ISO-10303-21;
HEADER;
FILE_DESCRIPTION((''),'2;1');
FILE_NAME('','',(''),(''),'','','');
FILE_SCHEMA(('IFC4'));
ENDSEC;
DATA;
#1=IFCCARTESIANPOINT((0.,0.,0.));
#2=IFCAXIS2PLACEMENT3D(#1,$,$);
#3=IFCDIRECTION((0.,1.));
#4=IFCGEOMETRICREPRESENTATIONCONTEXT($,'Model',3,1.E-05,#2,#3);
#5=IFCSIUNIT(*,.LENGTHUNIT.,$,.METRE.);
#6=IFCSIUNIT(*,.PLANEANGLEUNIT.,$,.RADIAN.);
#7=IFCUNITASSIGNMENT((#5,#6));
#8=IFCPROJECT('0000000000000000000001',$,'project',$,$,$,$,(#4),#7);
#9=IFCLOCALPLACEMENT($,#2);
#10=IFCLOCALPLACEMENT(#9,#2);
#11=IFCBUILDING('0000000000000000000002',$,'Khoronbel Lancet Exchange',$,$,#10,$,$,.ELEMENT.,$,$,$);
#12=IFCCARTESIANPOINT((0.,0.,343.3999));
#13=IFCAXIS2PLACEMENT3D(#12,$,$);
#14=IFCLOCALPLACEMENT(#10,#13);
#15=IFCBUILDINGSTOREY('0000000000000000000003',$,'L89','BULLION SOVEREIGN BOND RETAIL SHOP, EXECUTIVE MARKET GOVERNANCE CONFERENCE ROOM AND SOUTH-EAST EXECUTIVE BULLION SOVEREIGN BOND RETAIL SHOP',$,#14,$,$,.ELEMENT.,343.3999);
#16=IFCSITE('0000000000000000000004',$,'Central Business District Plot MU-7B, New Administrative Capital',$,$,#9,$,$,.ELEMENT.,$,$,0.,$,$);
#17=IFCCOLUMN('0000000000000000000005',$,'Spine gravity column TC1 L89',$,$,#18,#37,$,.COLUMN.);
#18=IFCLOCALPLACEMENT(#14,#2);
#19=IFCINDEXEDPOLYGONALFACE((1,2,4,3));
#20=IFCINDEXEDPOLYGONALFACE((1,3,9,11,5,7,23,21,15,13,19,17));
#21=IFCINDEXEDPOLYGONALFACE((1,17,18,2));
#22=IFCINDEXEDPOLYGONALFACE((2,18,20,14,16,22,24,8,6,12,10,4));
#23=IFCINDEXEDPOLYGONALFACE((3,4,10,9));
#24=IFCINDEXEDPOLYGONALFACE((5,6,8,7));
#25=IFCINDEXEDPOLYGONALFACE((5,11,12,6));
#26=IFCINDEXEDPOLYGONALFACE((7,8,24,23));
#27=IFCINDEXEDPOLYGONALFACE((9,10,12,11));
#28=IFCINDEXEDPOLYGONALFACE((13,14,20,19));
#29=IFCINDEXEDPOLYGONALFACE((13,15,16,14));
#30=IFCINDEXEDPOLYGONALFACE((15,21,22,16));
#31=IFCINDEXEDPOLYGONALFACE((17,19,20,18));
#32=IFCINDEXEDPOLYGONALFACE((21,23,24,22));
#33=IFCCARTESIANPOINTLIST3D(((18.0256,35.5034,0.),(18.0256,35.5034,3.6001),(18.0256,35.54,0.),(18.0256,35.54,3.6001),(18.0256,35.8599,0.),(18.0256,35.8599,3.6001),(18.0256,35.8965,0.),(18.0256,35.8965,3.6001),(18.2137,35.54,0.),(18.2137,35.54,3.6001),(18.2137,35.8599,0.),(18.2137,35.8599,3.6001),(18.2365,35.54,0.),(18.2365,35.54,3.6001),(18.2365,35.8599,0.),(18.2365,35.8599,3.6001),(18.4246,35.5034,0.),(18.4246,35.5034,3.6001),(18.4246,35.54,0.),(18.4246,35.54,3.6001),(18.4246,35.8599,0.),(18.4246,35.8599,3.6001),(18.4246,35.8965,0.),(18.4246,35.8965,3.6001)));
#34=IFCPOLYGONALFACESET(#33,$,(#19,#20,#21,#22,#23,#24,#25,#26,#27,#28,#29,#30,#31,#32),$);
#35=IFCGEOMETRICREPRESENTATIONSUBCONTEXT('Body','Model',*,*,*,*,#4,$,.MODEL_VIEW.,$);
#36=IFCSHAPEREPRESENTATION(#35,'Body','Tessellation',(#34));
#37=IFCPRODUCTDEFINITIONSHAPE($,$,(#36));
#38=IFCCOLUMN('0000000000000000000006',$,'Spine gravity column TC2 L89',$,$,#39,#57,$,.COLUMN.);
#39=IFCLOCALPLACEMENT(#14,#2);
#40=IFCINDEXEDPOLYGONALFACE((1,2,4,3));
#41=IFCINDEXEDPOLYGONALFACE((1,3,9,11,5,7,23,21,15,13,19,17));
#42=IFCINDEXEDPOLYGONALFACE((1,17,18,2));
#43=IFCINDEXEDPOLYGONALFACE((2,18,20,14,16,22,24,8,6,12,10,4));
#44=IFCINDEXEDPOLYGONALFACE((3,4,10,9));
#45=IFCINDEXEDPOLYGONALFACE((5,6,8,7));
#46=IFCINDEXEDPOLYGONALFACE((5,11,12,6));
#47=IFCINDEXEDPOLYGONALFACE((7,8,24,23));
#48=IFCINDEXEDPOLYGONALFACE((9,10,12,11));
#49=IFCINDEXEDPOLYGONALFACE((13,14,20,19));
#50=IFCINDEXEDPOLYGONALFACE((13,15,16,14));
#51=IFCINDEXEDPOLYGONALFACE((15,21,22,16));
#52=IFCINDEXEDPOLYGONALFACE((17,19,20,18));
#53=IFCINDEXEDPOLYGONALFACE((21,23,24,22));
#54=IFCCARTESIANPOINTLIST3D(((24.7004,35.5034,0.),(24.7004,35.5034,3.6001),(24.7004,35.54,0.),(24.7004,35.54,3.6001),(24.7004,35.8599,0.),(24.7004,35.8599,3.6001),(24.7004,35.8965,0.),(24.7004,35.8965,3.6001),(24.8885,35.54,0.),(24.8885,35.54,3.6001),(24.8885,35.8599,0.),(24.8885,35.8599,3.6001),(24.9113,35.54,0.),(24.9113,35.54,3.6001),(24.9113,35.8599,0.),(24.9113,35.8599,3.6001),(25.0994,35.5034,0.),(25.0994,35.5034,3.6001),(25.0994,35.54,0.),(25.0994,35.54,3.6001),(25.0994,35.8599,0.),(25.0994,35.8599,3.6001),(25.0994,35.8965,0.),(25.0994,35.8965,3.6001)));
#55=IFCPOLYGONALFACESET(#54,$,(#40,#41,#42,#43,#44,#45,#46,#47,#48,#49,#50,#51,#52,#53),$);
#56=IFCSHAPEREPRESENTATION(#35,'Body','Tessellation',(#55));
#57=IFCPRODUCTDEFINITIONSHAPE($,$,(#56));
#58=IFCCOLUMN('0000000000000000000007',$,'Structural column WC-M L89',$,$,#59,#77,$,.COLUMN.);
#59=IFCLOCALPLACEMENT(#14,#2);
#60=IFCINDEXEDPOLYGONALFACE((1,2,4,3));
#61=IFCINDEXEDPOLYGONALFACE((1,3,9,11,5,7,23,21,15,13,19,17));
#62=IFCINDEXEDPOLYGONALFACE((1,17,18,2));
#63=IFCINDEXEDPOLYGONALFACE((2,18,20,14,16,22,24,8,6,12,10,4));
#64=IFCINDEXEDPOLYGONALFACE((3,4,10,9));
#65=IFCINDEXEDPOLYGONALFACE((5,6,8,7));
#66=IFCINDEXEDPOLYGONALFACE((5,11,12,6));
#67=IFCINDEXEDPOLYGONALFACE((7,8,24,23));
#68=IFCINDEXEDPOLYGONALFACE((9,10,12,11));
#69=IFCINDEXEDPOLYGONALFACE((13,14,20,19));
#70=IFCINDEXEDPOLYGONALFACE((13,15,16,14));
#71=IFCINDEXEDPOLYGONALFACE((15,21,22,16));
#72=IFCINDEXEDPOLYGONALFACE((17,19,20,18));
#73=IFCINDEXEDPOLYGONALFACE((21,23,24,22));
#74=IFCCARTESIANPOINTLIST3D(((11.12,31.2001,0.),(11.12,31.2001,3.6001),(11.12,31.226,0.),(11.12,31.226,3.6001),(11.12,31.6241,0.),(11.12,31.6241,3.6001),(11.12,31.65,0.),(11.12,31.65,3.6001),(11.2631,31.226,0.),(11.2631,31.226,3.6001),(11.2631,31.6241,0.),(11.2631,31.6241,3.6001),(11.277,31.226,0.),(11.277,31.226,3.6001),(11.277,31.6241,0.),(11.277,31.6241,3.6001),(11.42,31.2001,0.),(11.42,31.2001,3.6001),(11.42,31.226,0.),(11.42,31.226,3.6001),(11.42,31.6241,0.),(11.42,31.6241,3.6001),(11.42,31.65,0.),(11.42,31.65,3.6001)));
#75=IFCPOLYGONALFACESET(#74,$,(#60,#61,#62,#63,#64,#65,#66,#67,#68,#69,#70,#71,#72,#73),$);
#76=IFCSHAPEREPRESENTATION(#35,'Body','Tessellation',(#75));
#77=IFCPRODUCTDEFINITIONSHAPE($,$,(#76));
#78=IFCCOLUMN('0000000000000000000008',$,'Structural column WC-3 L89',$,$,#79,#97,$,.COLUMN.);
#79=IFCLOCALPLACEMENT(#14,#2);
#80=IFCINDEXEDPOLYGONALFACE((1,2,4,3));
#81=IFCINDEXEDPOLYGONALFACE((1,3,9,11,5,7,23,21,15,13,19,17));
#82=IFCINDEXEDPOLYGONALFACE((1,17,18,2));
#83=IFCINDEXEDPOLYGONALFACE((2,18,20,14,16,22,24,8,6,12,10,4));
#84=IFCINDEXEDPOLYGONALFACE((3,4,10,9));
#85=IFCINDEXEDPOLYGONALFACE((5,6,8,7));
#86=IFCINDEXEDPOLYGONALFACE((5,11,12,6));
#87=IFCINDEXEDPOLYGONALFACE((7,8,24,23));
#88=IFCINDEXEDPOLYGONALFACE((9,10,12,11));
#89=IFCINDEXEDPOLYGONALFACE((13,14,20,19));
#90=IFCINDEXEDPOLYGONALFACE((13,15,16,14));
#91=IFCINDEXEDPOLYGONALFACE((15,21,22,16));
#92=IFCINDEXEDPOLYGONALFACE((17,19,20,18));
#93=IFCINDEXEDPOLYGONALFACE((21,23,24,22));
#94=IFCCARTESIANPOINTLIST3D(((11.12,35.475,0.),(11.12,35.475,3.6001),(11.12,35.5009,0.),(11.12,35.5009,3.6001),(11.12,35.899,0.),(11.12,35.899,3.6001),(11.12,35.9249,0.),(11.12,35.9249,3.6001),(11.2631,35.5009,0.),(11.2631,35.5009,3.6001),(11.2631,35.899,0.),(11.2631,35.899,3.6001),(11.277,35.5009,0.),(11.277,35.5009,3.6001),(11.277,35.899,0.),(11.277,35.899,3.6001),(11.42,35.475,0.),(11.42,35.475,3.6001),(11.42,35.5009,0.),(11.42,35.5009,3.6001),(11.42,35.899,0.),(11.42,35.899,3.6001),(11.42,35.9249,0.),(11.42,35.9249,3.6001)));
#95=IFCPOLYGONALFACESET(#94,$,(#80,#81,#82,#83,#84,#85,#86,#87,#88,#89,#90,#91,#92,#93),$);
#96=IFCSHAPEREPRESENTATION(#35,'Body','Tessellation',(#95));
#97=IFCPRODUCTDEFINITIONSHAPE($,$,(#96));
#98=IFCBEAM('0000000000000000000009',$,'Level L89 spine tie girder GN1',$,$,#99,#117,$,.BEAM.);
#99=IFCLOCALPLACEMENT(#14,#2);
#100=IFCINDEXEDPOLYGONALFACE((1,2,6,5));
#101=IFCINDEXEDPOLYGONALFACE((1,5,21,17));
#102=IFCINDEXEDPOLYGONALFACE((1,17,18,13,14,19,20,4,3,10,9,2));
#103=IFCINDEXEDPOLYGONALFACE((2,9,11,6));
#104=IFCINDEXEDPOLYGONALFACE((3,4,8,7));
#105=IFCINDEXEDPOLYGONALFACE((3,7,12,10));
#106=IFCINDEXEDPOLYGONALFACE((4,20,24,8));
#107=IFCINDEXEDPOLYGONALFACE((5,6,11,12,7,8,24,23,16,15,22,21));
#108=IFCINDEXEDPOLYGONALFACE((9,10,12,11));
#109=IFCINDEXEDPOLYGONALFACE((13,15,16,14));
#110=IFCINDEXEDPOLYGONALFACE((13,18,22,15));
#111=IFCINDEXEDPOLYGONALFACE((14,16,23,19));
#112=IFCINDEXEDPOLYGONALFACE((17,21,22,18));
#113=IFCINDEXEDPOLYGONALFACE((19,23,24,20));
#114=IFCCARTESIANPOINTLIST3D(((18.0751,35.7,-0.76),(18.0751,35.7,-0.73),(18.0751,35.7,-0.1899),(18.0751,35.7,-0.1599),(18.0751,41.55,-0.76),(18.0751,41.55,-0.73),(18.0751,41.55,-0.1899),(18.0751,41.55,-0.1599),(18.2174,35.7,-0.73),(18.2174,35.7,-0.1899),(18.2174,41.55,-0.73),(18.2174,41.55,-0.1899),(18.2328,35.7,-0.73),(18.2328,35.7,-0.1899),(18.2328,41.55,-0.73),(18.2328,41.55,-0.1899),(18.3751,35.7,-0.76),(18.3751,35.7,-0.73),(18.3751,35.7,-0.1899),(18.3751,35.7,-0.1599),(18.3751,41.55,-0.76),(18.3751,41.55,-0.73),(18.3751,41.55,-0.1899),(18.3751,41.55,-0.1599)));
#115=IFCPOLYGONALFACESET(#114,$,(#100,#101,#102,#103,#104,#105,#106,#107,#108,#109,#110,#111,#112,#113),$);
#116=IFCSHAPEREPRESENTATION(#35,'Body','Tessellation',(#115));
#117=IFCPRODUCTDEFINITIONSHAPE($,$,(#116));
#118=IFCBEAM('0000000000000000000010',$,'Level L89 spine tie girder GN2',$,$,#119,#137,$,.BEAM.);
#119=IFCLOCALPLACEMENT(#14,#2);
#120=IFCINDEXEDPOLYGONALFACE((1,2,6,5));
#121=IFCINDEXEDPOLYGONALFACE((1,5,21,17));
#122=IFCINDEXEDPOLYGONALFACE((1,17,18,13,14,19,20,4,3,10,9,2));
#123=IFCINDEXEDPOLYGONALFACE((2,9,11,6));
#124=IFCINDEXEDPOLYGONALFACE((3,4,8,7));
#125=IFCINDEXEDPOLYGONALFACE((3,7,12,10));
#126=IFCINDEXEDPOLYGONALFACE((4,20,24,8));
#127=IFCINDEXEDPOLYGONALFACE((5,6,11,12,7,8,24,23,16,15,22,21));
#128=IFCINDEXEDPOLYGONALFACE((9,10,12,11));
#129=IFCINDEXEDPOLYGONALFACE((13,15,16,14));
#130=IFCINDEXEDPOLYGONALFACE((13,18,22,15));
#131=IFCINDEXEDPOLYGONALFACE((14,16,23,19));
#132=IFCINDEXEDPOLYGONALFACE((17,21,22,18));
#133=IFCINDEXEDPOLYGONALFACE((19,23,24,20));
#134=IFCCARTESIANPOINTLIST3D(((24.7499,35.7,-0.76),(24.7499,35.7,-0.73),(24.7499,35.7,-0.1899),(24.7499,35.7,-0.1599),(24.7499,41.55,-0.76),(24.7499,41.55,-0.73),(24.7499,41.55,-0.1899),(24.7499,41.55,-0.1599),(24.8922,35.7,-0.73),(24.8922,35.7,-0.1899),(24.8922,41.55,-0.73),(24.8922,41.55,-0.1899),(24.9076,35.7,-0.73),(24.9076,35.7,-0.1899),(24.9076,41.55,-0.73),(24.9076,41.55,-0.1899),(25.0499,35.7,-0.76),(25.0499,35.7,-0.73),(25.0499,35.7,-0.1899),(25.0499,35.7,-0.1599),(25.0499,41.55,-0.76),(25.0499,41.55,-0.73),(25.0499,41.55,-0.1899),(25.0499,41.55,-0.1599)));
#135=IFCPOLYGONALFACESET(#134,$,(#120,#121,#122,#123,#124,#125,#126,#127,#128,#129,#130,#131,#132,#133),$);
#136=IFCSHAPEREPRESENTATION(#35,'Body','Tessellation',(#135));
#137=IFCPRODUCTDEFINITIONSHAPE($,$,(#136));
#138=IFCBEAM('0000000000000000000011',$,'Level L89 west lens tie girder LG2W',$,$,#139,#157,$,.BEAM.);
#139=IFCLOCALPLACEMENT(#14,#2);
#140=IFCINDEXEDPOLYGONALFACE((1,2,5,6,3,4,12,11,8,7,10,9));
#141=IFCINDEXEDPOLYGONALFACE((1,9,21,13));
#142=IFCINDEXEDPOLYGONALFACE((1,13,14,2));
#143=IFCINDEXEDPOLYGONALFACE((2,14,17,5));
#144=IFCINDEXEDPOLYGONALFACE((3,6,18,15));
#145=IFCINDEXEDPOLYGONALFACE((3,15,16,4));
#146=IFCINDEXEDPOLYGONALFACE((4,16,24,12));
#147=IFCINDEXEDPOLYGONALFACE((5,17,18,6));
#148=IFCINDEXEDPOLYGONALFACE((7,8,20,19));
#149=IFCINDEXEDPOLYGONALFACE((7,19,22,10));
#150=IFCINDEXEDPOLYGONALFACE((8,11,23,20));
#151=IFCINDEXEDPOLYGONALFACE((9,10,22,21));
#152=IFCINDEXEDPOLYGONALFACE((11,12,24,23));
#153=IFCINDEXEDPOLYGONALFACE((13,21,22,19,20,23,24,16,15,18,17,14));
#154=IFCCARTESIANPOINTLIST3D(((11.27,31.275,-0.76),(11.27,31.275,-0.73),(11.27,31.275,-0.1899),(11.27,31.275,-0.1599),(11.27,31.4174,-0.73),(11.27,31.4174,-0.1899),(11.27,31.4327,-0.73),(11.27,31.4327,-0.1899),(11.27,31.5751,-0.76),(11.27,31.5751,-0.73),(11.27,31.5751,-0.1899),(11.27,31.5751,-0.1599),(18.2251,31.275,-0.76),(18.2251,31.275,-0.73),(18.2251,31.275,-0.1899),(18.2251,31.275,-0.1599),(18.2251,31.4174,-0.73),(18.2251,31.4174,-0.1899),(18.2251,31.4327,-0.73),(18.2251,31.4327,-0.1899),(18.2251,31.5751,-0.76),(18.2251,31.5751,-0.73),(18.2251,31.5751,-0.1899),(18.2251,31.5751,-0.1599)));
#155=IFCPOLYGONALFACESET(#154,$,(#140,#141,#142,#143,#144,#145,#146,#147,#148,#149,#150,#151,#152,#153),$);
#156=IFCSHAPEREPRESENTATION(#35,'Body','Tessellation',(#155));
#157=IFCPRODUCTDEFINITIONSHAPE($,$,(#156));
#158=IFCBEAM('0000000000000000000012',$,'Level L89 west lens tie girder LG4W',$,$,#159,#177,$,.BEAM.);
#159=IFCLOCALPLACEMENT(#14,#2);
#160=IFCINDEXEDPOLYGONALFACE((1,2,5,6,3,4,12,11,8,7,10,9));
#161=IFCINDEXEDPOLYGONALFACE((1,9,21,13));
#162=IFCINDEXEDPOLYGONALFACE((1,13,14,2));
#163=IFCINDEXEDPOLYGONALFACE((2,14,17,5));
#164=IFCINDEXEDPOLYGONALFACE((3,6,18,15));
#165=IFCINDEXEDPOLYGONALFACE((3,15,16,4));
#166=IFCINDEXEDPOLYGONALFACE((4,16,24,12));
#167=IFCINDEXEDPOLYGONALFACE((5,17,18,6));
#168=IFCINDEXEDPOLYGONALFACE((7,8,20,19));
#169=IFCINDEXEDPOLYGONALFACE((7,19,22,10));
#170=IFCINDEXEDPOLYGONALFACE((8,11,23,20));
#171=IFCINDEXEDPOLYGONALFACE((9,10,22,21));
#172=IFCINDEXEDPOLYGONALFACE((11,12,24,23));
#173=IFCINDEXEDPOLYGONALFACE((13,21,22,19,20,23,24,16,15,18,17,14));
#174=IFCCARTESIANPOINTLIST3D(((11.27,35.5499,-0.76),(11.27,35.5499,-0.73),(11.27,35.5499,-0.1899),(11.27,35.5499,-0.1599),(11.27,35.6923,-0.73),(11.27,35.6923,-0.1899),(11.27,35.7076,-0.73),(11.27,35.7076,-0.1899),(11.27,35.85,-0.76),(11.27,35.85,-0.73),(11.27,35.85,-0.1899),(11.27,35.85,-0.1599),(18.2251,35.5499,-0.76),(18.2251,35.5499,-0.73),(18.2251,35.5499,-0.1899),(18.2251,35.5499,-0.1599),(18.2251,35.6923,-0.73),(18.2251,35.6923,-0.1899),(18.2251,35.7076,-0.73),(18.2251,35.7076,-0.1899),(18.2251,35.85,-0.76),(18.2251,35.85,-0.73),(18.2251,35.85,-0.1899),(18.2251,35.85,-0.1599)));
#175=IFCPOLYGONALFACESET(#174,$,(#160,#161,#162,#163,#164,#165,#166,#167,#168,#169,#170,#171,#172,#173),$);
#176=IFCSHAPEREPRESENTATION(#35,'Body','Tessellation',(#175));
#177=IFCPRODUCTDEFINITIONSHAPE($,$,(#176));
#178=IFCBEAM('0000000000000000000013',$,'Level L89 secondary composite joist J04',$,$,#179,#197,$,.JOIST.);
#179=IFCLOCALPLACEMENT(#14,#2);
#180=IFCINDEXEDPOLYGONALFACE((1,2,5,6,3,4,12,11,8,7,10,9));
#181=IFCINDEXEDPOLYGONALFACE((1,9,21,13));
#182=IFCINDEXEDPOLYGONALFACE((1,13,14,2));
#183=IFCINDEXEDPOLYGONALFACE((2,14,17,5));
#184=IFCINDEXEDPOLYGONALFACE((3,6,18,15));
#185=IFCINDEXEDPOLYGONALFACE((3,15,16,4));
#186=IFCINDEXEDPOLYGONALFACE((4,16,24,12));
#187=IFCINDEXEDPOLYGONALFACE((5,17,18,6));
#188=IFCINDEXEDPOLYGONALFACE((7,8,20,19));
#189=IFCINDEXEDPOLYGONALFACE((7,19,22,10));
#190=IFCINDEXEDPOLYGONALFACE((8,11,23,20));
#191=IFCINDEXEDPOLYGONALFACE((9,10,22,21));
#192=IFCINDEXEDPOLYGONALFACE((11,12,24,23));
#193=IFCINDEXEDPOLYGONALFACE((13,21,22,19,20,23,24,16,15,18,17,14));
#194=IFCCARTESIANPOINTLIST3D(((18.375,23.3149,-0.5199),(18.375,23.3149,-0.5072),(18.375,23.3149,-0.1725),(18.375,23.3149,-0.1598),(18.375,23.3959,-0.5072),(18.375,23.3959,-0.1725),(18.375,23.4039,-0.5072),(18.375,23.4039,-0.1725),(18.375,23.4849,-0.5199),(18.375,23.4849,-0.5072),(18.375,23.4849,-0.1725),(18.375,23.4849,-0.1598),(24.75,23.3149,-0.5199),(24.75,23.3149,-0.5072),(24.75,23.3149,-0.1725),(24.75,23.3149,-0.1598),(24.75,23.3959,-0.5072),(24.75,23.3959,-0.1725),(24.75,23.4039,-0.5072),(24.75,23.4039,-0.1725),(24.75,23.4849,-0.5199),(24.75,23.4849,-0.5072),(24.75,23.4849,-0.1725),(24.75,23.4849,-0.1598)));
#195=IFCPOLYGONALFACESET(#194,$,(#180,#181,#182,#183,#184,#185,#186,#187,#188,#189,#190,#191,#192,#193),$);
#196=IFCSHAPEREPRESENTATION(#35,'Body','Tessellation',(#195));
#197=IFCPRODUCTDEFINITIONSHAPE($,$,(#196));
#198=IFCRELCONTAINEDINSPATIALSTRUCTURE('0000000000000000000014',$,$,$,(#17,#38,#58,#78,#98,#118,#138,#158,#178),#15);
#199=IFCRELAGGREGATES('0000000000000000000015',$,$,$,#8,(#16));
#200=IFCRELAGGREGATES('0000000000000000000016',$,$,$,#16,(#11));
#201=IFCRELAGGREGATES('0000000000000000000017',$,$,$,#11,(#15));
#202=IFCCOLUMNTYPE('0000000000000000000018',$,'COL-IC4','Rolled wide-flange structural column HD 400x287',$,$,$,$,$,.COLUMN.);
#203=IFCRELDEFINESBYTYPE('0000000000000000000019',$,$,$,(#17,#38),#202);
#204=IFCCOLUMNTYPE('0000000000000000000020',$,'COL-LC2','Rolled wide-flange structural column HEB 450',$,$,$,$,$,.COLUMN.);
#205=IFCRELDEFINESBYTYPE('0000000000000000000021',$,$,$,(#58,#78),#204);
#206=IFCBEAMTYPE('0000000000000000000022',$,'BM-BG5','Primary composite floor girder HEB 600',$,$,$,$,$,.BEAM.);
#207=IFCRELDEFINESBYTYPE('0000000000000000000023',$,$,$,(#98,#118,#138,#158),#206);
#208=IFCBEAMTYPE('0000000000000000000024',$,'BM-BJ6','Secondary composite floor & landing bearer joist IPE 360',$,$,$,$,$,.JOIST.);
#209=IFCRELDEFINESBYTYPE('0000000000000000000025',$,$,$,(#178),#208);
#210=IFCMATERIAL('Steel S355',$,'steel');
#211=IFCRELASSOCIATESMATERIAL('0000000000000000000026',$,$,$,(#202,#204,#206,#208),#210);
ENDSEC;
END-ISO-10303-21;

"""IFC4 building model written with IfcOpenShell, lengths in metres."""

from ifc_helpers import new_model, si_unit, direction, frame, origin, origin_2d, place, context, subcontext, project, spatial, i_section, extrude, material, material_profile, profile_set, type_object, element, save


model = new_model("IFC4")

# Units and contexts
model_context = context("Model", 3, precision=1e-05, world=origin(), true_north=direction((0.0, 1.0)))
body_context = subcontext(model_context, "Body", "Model", "MODEL_VIEW")
ifc_project = project(units=[si_unit("LENGTHUNIT", "METRE"), si_unit("PLANEANGLEUNIT", "RADIAN")], contexts=[model_context])

# Site, building, storey
site_placement = place(None, origin())
site = spatial("IfcSite", under=ifc_project, at=site_placement, Name="Central Business District Plot MU-7B, New Administrative Capital", CompositionType="ELEMENT", RefElevation=0.0)
building_placement = place(site_placement, origin())
building = spatial("IfcBuilding", under=site, at=building_placement, Name="Khoronbel Lancet Exchange", CompositionType="ELEMENT")
storey_placement = place(building_placement, frame((0.0, 0.0, 343.3999)))
storey = spatial("IfcBuildingStorey", under=building, at=storey_placement, Name="L89", Description="BULLION SOVEREIGN BOND RETAIL SHOP, EXECUTIVE MARKET GOVERNANCE CONFERENCE ROOM AND SOUTH-EAST EXECUTIVE BULLION SOVEREIGN BOND RETAIL SHOP", CompositionType="ELEMENT", Elevation=343.3999)

# Columns
ifc_material_1 = material(Name="Steel S355", Category="steel")
ifc_material_profile_1 = material_profile(ifc_material_1, i_section(OverallWidth=0.3989, OverallDepth=0.3931, WebThickness=0.0227, FlangeThickness=0.0366, at=origin_2d()), Name="HD 400x287")
ifc_profile_set_1 = profile_set([ifc_material_profile_1], Name="Steel S355")
column_type_1 = type_object("IfcColumnType", Name="COL-IC4", Description="Rolled wide-flange structural column HD 400x287", PredefinedType="COLUMN", material=ifc_profile_set_1)
for number, where, z_axis, x_axis, name in (
    (1, (18.2251, 35.7, 0.0), (0.0, 0.0, 1.0), (1.0, 0.0, 0.0), "Spine gravity column TC1 L89"),
    (2, (24.8999, 35.7, 0.0), (0.0, 0.0, 1.0), (1.0, 0.0, 0.0), "Spine gravity column TC2 L89"),
):
    element("IfcColumn", number, at=place(storey_placement, frame(where, z_axis=z_axis, x_axis=x_axis)), inside=storey, type_object=column_type_1, Name=name, PredefinedType="COLUMN", context=body_context, shape_type="SweptSolid", body=[
        extrude(i_section(OverallWidth=0.3989, OverallDepth=0.3931, WebThickness=0.0227, FlangeThickness=0.0366, at=origin_2d()), origin(), (0.0, 0.0, 1.0), 3.6001),
    ])
ifc_material_profile_2 = material_profile(ifc_material_1, i_section(OverallWidth=0.3, OverallDepth=0.45, WebThickness=0.0139, FlangeThickness=0.0259, at=origin_2d()), Name="HEB 450")
ifc_profile_set_2 = profile_set([ifc_material_profile_2], Name="Steel S355")
column_type_2 = type_object("IfcColumnType", Name="COL-LC2", Description="Rolled wide-flange structural column HEB 450", PredefinedType="COLUMN", material=ifc_profile_set_2)
for number, where, z_axis, x_axis, name in (
    (3, (11.27, 31.425, 0.0), (0.0, 0.0, 1.0), (1.0, 0.0, 0.0), "Structural column WC-M L89"),
    (4, (11.27, 35.7, 0.0), (0.0, 0.0, 1.0), (1.0, 0.0, 0.0), "Structural column WC-3 L89"),
):
    element("IfcColumn", number, at=place(storey_placement, frame(where, z_axis=z_axis, x_axis=x_axis)), inside=storey, type_object=column_type_2, Name=name, PredefinedType="COLUMN", context=body_context, shape_type="SweptSolid", body=[
        extrude(i_section(OverallWidth=0.3, OverallDepth=0.45, WebThickness=0.0139, FlangeThickness=0.0259, at=origin_2d()), origin(), (0.0, 0.0, 1.0), 3.6001),
    ])

# Beams
ifc_material_profile_3 = material_profile(ifc_material_1, i_section(OverallWidth=0.3, OverallDepth=0.6001, WebThickness=0.0154, FlangeThickness=0.03, at=origin_2d()), Name="HEB 600")
ifc_profile_set_3 = profile_set([ifc_material_profile_3], Name="Steel S355")
beam_type_1 = type_object("IfcBeamType", Name="BM-BG5", Description="Primary composite floor girder HEB 600", PredefinedType="BEAM", material=ifc_profile_set_3)
for number, where, z_axis, x_axis, name in (
    (5, (18.2251, 35.7, -0.46), (0.0, 1.0, 0.0), (-1.0, 0.0, 0.0), "Level L89 spine tie girder GN1"),
    (6, (24.8999, 35.7, -0.46), (0.0, 1.0, 0.0), (-1.0, 0.0, 0.0), "Level L89 spine tie girder GN2"),
):
    element("IfcBeam", number, at=place(storey_placement, frame(where, z_axis=z_axis, x_axis=x_axis)), inside=storey, type_object=beam_type_1, Name=name, PredefinedType="BEAM", context=body_context, shape_type="SweptSolid", body=[
        extrude(i_section(OverallWidth=0.3, OverallDepth=0.6001, WebThickness=0.0154, FlangeThickness=0.03, at=origin_2d()), origin(), (0.0, 0.0, 1.0), 5.8501),
    ])
for number, where, z_axis, x_axis, name in (
    (7, (11.27, 31.425, -0.46), (1.0, 0.0, 0.0), (0.0, 1.0, 0.0), "Level L89 west lens tie girder LG2W"),
    (8, (11.27, 35.7, -0.46), (1.0, 0.0, 0.0), (0.0, 1.0, 0.0), "Level L89 west lens tie girder LG4W"),
):
    element("IfcBeam", number, at=place(storey_placement, frame(where, z_axis=z_axis, x_axis=x_axis)), inside=storey, type_object=beam_type_1, Name=name, PredefinedType="BEAM", context=body_context, shape_type="SweptSolid", body=[
        extrude(i_section(OverallWidth=0.3, OverallDepth=0.6001, WebThickness=0.0154, FlangeThickness=0.03, at=origin_2d()), origin(), (0.0, 0.0, 1.0), 6.9551),
    ])
ifc_material_profile_4 = material_profile(ifc_material_1, i_section(OverallWidth=0.1699, OverallDepth=0.3601, WebThickness=0.0081, FlangeThickness=0.0127, at=origin_2d()), Name="IPE 360")
ifc_profile_set_4 = profile_set([ifc_material_profile_4], Name="Steel S355")
beam_type_2 = type_object("IfcBeamType", Name="BM-BJ6", Description="Secondary composite floor & landing bearer joist IPE 360", PredefinedType="JOIST", material=ifc_profile_set_4)
beam_1_placement = place(storey_placement, frame((18.375, 23.3999, -0.3398), z_axis=(1.0, 0.0, 0.0), x_axis=(0.0, 1.0, 0.0)))
element("IfcBeam", 9, at=beam_1_placement, inside=storey, type_object=beam_type_2, Name="Level L89 secondary composite joist J04", PredefinedType="JOIST", context=body_context, shape_type="SweptSolid", body=[
    extrude(i_section(OverallWidth=0.1699, OverallDepth=0.3601, WebThickness=0.0081, FlangeThickness=0.0127, at=origin_2d()), origin(), (0.0, 0.0, 1.0), 6.375),
])

save(model, "model.ifc")
